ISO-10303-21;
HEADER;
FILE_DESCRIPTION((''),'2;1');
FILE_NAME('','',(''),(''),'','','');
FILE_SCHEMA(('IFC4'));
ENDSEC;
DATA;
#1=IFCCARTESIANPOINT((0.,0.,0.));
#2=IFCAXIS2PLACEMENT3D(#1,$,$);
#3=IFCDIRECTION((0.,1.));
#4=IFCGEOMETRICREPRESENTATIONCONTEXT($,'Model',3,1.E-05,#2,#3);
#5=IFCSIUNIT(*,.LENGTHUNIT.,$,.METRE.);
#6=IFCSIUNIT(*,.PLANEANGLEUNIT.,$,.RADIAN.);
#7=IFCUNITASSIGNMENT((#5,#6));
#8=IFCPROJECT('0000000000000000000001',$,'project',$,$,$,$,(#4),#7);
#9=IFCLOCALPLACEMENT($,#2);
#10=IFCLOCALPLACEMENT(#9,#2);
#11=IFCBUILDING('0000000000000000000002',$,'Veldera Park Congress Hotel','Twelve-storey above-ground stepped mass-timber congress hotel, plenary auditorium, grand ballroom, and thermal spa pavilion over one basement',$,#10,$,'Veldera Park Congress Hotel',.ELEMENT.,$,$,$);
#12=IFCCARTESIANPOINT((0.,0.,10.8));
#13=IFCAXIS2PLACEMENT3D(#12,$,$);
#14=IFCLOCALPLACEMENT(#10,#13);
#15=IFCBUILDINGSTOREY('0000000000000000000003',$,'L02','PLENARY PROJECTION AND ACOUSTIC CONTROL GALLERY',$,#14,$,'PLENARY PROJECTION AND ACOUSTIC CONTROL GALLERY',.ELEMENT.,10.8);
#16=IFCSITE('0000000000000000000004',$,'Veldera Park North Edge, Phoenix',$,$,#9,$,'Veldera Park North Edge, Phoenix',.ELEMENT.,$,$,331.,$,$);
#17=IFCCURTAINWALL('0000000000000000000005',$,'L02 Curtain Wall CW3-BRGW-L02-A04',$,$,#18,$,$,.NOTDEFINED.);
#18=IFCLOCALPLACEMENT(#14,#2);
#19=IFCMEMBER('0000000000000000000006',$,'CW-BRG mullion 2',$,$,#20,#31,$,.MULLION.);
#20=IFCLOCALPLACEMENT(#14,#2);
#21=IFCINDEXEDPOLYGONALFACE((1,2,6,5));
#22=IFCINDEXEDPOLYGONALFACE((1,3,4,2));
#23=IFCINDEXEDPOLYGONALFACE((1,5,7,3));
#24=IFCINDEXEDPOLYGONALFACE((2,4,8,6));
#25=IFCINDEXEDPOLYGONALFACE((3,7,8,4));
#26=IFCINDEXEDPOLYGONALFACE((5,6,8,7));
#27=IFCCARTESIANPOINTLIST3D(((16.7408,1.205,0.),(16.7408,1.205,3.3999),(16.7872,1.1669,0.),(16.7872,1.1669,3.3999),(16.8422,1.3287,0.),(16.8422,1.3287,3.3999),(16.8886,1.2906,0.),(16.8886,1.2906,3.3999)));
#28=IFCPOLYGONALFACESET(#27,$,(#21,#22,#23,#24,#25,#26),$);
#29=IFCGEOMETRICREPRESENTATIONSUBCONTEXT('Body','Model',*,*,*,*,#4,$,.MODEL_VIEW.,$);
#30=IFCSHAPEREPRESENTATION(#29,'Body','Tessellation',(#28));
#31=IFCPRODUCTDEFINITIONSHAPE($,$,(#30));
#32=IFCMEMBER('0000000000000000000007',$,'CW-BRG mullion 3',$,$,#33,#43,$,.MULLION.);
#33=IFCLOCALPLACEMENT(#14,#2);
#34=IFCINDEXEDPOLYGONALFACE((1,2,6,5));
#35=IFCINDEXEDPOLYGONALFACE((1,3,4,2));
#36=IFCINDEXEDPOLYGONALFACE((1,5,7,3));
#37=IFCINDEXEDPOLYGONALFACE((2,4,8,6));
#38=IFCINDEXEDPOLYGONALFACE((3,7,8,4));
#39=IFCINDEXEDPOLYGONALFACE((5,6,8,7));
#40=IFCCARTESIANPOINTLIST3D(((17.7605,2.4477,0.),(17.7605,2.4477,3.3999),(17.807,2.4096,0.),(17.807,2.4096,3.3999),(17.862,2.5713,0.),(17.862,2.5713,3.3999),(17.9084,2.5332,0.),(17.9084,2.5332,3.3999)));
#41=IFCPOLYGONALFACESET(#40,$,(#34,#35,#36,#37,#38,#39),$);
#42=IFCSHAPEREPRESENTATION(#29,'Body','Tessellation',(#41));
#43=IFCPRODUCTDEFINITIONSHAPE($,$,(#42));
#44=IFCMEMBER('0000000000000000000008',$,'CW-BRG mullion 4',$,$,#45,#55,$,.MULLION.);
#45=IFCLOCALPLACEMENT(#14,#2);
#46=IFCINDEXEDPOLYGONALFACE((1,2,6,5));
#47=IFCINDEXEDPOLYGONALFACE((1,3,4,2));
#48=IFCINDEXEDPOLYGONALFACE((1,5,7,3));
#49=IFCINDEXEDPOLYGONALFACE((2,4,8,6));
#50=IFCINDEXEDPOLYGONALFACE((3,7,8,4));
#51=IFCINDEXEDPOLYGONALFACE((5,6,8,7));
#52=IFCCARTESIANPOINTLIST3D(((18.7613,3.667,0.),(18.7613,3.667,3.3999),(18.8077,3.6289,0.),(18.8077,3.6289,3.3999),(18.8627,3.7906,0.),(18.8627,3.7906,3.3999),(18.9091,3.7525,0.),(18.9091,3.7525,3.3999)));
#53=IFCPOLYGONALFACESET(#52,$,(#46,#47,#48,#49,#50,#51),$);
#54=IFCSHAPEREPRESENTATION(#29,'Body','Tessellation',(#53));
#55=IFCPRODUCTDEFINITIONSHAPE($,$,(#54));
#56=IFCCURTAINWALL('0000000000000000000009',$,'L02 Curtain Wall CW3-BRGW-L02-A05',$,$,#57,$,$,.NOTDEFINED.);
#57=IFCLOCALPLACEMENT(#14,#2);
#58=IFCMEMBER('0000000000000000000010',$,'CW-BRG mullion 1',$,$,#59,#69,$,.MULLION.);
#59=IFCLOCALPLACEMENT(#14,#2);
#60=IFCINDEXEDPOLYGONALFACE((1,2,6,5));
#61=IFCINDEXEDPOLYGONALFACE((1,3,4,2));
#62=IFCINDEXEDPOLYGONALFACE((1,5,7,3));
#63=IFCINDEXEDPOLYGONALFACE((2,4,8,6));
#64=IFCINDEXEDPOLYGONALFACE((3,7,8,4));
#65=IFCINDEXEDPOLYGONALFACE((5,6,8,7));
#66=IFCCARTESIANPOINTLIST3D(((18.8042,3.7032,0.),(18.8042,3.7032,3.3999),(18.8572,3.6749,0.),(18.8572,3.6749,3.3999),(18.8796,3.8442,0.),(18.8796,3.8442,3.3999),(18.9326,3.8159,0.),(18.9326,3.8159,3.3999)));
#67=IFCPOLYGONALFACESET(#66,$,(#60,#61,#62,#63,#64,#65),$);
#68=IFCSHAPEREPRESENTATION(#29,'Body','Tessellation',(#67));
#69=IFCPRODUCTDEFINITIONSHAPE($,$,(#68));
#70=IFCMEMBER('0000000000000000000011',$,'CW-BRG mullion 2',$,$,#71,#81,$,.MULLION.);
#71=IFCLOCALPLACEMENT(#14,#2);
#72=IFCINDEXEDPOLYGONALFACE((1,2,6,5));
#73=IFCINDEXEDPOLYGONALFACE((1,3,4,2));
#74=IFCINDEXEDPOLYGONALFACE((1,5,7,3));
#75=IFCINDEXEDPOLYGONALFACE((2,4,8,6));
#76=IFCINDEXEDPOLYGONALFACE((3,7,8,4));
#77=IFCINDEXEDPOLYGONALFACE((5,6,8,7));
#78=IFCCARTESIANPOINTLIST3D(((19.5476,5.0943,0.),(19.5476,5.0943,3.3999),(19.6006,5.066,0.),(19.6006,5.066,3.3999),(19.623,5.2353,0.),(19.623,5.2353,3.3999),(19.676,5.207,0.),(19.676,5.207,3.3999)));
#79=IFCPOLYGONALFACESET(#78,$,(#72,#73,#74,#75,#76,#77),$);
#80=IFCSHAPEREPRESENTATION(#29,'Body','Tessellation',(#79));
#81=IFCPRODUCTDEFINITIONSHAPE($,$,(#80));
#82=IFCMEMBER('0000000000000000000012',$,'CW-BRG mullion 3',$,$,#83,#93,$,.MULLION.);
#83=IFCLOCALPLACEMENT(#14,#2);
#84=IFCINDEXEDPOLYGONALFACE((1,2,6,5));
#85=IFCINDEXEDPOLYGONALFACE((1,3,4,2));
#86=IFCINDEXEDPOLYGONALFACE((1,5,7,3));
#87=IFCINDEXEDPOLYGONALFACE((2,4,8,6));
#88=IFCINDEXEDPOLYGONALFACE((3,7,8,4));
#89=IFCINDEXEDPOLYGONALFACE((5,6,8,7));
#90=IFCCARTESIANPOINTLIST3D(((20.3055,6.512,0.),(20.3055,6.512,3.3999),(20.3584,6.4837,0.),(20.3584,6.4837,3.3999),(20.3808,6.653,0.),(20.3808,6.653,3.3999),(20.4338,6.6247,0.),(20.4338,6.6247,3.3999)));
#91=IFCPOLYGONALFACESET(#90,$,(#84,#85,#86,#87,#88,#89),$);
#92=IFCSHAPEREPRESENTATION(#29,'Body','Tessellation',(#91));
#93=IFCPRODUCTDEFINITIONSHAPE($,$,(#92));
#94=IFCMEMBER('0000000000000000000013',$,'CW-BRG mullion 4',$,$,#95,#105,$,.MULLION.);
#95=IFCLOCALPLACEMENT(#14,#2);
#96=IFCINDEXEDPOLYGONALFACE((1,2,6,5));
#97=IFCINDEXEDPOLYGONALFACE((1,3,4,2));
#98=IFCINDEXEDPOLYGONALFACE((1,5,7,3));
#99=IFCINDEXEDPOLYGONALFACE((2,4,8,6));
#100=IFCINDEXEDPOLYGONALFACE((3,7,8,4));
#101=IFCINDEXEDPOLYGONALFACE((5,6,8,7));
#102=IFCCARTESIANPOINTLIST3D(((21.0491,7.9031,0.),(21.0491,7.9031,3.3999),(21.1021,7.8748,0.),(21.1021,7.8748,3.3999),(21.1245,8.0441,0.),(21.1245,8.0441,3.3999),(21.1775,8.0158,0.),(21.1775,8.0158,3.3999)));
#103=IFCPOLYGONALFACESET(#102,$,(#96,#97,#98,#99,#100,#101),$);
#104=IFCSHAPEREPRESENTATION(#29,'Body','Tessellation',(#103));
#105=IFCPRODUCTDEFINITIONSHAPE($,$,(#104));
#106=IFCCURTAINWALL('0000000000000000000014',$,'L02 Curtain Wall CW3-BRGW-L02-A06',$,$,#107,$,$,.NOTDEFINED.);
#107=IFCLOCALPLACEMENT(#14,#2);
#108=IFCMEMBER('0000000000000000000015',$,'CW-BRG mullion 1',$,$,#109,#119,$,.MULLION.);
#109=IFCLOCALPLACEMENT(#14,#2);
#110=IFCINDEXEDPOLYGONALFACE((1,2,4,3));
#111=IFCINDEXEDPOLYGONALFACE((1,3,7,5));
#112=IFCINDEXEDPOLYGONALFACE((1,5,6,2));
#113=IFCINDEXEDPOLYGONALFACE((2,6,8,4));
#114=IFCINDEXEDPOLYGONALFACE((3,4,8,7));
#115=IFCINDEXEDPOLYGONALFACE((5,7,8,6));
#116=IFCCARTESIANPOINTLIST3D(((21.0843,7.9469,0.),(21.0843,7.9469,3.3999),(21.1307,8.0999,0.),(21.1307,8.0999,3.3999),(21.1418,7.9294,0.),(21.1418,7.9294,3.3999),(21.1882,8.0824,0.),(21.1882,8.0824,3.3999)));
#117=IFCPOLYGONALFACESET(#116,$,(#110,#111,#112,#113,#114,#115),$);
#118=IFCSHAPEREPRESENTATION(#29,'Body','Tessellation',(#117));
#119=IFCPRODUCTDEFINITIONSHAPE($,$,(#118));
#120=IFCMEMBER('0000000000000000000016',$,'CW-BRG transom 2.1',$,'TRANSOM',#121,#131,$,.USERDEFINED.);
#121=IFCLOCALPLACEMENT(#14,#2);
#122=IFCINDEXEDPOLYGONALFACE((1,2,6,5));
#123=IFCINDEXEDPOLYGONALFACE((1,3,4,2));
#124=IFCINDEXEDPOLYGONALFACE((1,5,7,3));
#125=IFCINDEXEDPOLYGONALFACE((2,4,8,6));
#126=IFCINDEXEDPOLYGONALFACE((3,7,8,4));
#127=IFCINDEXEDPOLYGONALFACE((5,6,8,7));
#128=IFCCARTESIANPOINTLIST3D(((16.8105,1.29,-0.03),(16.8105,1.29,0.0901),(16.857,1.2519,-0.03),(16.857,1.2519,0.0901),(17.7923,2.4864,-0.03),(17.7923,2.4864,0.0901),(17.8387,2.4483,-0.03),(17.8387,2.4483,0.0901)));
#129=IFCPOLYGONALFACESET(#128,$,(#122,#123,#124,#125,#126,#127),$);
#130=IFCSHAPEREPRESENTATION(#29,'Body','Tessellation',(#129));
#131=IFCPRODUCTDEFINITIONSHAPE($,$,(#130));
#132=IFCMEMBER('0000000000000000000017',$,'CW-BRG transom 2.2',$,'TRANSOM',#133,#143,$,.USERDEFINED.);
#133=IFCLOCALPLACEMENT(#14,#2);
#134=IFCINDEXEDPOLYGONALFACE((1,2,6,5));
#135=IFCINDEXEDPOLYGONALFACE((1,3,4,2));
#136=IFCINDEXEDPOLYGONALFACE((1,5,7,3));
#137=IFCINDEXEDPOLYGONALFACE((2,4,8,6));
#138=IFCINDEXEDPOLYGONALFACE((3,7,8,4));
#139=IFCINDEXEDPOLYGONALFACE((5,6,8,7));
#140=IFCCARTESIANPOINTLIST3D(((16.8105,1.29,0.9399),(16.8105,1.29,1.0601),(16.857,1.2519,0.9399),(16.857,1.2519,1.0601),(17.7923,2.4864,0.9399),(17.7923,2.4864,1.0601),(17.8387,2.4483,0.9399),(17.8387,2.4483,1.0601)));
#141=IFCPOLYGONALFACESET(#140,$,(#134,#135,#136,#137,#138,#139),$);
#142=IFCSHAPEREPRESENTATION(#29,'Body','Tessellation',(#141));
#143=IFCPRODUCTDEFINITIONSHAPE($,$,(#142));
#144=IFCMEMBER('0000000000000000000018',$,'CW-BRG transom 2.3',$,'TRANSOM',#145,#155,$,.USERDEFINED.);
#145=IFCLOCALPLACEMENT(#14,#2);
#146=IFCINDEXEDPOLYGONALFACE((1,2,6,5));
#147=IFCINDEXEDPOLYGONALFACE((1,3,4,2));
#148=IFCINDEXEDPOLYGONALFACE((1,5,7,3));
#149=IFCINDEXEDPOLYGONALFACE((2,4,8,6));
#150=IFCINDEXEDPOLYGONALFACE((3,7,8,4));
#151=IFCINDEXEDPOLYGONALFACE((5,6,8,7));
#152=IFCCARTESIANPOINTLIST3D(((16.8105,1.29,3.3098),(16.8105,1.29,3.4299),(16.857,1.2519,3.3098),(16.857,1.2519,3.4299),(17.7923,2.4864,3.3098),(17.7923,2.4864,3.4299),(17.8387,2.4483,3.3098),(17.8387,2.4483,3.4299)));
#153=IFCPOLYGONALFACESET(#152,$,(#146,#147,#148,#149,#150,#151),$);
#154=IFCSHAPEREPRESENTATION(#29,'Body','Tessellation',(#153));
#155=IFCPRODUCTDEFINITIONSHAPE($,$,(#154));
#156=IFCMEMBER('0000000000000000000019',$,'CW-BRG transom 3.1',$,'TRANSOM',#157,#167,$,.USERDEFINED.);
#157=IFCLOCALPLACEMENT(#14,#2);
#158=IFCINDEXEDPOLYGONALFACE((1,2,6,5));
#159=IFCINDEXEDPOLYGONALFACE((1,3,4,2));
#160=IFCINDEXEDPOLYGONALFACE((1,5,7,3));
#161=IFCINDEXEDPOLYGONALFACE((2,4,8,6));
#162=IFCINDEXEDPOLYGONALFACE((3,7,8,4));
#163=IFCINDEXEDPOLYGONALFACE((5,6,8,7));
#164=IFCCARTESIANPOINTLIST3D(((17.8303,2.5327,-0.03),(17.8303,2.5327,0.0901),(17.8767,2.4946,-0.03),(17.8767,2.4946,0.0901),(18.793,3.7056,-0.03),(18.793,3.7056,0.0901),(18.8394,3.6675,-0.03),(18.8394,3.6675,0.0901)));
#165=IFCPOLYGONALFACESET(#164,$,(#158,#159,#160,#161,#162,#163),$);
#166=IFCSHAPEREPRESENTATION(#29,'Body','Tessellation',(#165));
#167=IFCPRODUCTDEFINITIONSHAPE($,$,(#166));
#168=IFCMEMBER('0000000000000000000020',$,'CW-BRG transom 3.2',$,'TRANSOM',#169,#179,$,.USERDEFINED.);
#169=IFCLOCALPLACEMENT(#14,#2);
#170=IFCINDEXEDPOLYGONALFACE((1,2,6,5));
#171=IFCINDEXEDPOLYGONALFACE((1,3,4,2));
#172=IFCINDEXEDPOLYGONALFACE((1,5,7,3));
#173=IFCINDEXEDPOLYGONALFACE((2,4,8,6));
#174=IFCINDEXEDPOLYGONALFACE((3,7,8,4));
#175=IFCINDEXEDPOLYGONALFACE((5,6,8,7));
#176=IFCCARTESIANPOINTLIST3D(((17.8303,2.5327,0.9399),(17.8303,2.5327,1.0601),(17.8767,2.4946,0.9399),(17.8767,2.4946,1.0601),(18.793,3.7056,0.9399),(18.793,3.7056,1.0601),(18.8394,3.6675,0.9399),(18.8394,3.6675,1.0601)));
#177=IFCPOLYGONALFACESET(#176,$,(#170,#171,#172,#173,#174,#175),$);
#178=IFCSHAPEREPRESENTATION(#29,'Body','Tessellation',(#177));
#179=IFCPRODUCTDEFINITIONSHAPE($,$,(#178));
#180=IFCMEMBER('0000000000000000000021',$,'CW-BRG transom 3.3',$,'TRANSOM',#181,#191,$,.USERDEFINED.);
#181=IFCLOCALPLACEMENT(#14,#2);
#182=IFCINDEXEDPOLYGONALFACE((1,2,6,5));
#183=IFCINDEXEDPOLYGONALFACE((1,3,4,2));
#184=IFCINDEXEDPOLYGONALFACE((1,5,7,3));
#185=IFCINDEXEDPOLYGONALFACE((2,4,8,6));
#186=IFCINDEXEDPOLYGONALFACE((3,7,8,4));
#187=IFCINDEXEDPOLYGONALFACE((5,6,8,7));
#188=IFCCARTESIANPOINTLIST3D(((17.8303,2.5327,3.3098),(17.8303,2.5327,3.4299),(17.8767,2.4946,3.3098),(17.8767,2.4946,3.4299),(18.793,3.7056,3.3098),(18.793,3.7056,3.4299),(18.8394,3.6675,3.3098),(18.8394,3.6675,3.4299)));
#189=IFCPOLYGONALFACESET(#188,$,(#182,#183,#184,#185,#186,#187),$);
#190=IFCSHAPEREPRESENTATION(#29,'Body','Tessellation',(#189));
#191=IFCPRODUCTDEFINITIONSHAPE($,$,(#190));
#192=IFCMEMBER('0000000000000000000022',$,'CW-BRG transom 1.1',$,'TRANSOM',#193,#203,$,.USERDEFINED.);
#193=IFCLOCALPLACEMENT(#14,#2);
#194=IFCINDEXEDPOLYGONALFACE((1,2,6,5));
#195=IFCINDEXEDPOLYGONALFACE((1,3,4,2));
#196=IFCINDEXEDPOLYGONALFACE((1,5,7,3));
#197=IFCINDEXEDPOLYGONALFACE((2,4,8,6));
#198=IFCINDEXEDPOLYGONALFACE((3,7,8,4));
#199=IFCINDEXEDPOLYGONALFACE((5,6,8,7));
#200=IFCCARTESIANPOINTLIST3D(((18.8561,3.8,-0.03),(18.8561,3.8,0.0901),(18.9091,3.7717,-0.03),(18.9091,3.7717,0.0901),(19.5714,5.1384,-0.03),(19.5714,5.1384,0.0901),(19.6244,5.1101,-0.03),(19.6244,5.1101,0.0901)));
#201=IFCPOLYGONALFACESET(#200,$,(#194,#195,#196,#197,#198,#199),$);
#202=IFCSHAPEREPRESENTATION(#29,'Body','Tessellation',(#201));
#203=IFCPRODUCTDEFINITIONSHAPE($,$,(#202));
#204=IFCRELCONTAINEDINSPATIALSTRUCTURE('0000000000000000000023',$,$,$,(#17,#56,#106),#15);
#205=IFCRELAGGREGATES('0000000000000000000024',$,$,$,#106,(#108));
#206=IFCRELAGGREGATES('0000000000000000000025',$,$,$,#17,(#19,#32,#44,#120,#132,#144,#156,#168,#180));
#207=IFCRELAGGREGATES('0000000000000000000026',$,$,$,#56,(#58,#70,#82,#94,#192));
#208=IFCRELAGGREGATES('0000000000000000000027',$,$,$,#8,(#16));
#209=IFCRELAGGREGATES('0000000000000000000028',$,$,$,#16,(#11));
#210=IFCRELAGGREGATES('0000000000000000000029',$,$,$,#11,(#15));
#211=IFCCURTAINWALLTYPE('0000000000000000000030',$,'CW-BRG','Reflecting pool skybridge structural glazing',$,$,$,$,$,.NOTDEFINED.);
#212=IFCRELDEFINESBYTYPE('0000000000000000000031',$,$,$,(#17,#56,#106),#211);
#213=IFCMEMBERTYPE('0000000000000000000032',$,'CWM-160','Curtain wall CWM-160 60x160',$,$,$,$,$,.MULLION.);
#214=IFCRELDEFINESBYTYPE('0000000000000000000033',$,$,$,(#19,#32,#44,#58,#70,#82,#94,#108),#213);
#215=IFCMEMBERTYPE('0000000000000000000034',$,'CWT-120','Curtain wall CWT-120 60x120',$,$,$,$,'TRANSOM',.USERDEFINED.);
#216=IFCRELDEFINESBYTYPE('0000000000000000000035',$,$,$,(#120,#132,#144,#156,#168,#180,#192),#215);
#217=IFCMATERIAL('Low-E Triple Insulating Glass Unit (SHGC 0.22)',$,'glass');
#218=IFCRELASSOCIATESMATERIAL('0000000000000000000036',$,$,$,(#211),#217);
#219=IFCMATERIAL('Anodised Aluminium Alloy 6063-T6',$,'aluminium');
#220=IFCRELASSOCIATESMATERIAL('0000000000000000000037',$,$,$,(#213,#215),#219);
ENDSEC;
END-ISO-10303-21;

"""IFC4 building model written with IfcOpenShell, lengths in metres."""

from ifc_helpers import new_model, si_unit, direction, frame, origin, origin_2d, place, context, subcontext, project, spatial, rectangle, extrude, material, material_profile, profile_set, type_object, element, aggregate, save


model = new_model("IFC4")

# Units and contexts
model_context = context("Model", 3, precision=1e-05, world=origin(), true_north=direction((0.0, 1.0)))
body_context = subcontext(model_context, "Body", "Model", "MODEL_VIEW")
ifc_project = project(units=[si_unit("LENGTHUNIT", "METRE"), si_unit("PLANEANGLEUNIT", "RADIAN")], contexts=[model_context])

# Site, building, storey
site_placement = place(None, origin())
site = spatial("IfcSite", under=ifc_project, at=site_placement, Name="Veldera Park North Edge, Phoenix", LongName="Veldera Park North Edge, Phoenix", CompositionType="ELEMENT", RefElevation=331.0)
building_placement = place(site_placement, origin())
building = spatial("IfcBuilding", under=site, at=building_placement, Name="Veldera Park Congress Hotel", Description="Twelve-storey above-ground stepped mass-timber congress hotel, plenary auditorium, grand ballroom, and thermal spa pavilion over one basement", LongName="Veldera Park Congress Hotel", CompositionType="ELEMENT")
storey_placement = place(building_placement, frame((0.0, 0.0, 10.8)))
storey = spatial("IfcBuildingStorey", under=building, at=storey_placement, Name="L02", Description="PLENARY PROJECTION AND ACOUSTIC CONTROL GALLERY", LongName="PLENARY PROJECTION AND ACOUSTIC CONTROL GALLERY", CompositionType="ELEMENT", Elevation=10.8)

# Curtain walls, members
ifc_material_1 = material(Name="Low-E Triple Insulating Glass Unit (SHGC 0.22)", Category="glass")
curtain_wall_type = type_object("IfcCurtainWallType", Name="CW-BRG", Description="Reflecting pool skybridge structural glazing", PredefinedType="NOTDEFINED", material=ifc_material_1)
curtain_wall_1_placement = place(storey_placement, origin())
curtain_wall_1 = element("IfcCurtainWall", 1, at=curtain_wall_1_placement, inside=storey, type_object=curtain_wall_type, Name="L02 Curtain Wall CW3-BRGW-L02-A04", PredefinedType="NOTDEFINED")
ifc_material_2 = material(Name="Anodised Aluminium Alloy 6063-T6", Category="aluminium")
ifc_material_profile_1 = material_profile(ifc_material_2, rectangle(XDim=0.0601, YDim=0.1599, at=origin_2d()), Name="ALU 60x160")
ifc_profile_set_1 = profile_set([ifc_material_profile_1], Name="Anodised Aluminium Alloy 6063-T6")
member_type_1 = type_object("IfcMemberType", Name="CWM-160", Description="Curtain wall CWM-160 60x160", PredefinedType="MULLION", material=ifc_profile_set_1)
member_1_placement = place(storey_placement, frame((16.8147, 1.2478, 0.0), z_axis=(0.0, 0.0, 1.0), x_axis=(-0.773003, 0.634402, 0.0)))
member_1 = element("IfcMember", 2, at=member_1_placement, type_object=member_type_1, Name="CW-BRG mullion 2", PredefinedType="MULLION", context=body_context, shape_type="SweptSolid", body=[
    extrude(rectangle(XDim=0.0601, YDim=0.1599, at=origin_2d()), origin(), (0.0, 0.0, 1.0), 3.3999),
])
member_2_placement = place(storey_placement, frame((17.8345, 2.4905, 0.0), z_axis=(0.0, 0.0, 1.0), x_axis=(-0.773003, 0.634402, 0.0)))
member_2 = element("IfcMember", 3, at=member_2_placement, type_object=member_type_1, Name="CW-BRG mullion 3", PredefinedType="MULLION", context=body_context, shape_type="SweptSolid", body=[
    extrude(rectangle(XDim=0.0601, YDim=0.1599, at=origin_2d()), origin(), (0.0, 0.0, 1.0), 3.3999),
])
member_3_placement = place(storey_placement, frame((18.8352, 3.7097, 0.0), z_axis=(0.0, 0.0, 1.0), x_axis=(-0.773003, 0.634402, 0.0)))
member_3 = element("IfcMember", 4, at=member_3_placement, type_object=member_type_1, Name="CW-BRG mullion 4", PredefinedType="MULLION", context=body_context, shape_type="SweptSolid", body=[
    extrude(rectangle(XDim=0.0601, YDim=0.1599, at=origin_2d()), origin(), (0.0, 0.0, 1.0), 3.3999),
])
curtain_wall_2_placement = place(storey_placement, origin())
curtain_wall_2 = element("IfcCurtainWall", 5, at=curtain_wall_2_placement, inside=storey, type_object=curtain_wall_type, Name="L02 Curtain Wall CW3-BRGW-L02-A05", PredefinedType="NOTDEFINED")
member_4_placement = place(storey_placement, frame((18.8684, 3.7595, 0.0), z_axis=(0.0, 0.0, 1.0), x_axis=(-0.881928, 0.471385, 0.0)))
member_4 = element("IfcMember", 6, at=member_4_placement, type_object=member_type_1, Name="CW-BRG mullion 1", PredefinedType="MULLION", context=body_context, shape_type="SweptSolid", body=[
    extrude(rectangle(XDim=0.0601, YDim=0.1599, at=origin_2d()), origin(), (0.0, 0.0, 1.0), 3.3999),
])
member_5_placement = place(storey_placement, frame((19.6118, 5.1506, 0.0), z_axis=(0.0, 0.0, 1.0), x_axis=(-0.881928, 0.471385, 0.0)))
member_5 = element("IfcMember", 7, at=member_5_placement, type_object=member_type_1, Name="CW-BRG mullion 2", PredefinedType="MULLION", context=body_context, shape_type="SweptSolid", body=[
    extrude(rectangle(XDim=0.0601, YDim=0.1599, at=origin_2d()), origin(), (0.0, 0.0, 1.0), 3.3999),
])
member_6_placement = place(storey_placement, frame((20.3696, 6.5684, 0.0), z_axis=(0.0, 0.0, 1.0), x_axis=(-0.881928, 0.471385, 0.0)))
member_6 = element("IfcMember", 8, at=member_6_placement, type_object=member_type_1, Name="CW-BRG mullion 3", PredefinedType="MULLION", context=body_context, shape_type="SweptSolid", body=[
    extrude(rectangle(XDim=0.0601, YDim=0.1599, at=origin_2d()), origin(), (0.0, 0.0, 1.0), 3.3999),
])
member_7_placement = place(storey_placement, frame((21.1133, 7.9595, 0.0), z_axis=(0.0, 0.0, 1.0), x_axis=(-0.881928, 0.471385, 0.0)))
member_7 = element("IfcMember", 9, at=member_7_placement, type_object=member_type_1, Name="CW-BRG mullion 4", PredefinedType="MULLION", context=body_context, shape_type="SweptSolid", body=[
    extrude(rectangle(XDim=0.0601, YDim=0.1599, at=origin_2d()), origin(), (0.0, 0.0, 1.0), 3.3999),
])

# Curtain wall, member
curtain_wall_3_placement = place(storey_placement, origin())
curtain_wall_3 = element("IfcCurtainWall", 10, at=curtain_wall_3_placement, inside=storey, type_object=curtain_wall_type, Name="L02 Curtain Wall CW3-BRGW-L02-A06", PredefinedType="NOTDEFINED")
member_8_placement = place(storey_placement, frame((21.1362, 8.0146, 0.0), z_axis=(0.0, 0.0, 1.0), x_axis=(-0.956939, 0.290288, 0.0)))
member_8 = element("IfcMember", 11, at=member_8_placement, type_object=member_type_1, Name="CW-BRG mullion 1", PredefinedType="MULLION", context=body_context, shape_type="SweptSolid", body=[
    extrude(rectangle(XDim=0.0601, YDim=0.1599, at=origin_2d()), origin(), (0.0, 0.0, 1.0), 3.3999),
])

# Members
ifc_material_profile_2 = material_profile(ifc_material_2, rectangle(XDim=0.0601, YDim=0.1201, at=origin_2d()), Name="ALU 60x120")
ifc_profile_set_2 = profile_set([ifc_material_profile_2], Name="Anodised Aluminium Alloy 6063-T6")
member_type_2 = type_object("IfcMemberType", Name="CWT-120", Description="Curtain wall CWT-120 60x120", ElementType="TRANSOM", PredefinedType="USERDEFINED", material=ifc_profile_set_2)
member_9_placement = place(storey_placement, frame((16.8337, 1.271, 0.03), z_axis=(0.634363, 0.773036, 0.0), x_axis=(-0.773036, 0.634363, 0.0)))
member_9 = element("IfcMember", 12, at=member_9_placement, type_object=member_type_2, Name="CW-BRG transom 2.1", ObjectType="TRANSOM", PredefinedType="USERDEFINED", context=body_context, shape_type="SweptSolid", body=[
    extrude(rectangle(XDim=0.0601, YDim=0.1201, at=origin_2d()), origin(), (0.0, 0.0, 1.0), 1.5476),
])
member_10_placement = place(storey_placement, frame((16.8337, 1.271, 1.0), z_axis=(0.634363, 0.773036, 0.0), x_axis=(-0.773036, 0.634363, 0.0)))
member_10 = element("IfcMember", 13, at=member_10_placement, type_object=member_type_2, Name="CW-BRG transom 2.2", ObjectType="TRANSOM", PredefinedType="USERDEFINED", context=body_context, shape_type="SweptSolid", body=[
    extrude(rectangle(XDim=0.0601, YDim=0.1201, at=origin_2d()), origin(), (0.0, 0.0, 1.0), 1.5476),
])
member_11_placement = place(storey_placement, frame((16.8337, 1.271, 3.3699), z_axis=(0.634363, 0.773036, 0.0), x_axis=(-0.773036, 0.634363, 0.0)))
member_11 = element("IfcMember", 14, at=member_11_placement, type_object=member_type_2, Name="CW-BRG transom 2.3", ObjectType="TRANSOM", PredefinedType="USERDEFINED", context=body_context, shape_type="SweptSolid", body=[
    extrude(rectangle(XDim=0.0601, YDim=0.1201, at=origin_2d()), origin(), (0.0, 0.0, 1.0), 1.5476),
])
member_12_placement = place(storey_placement, frame((17.8535, 2.5137, 0.03), z_axis=(0.634437, 0.772974, 0.0), x_axis=(-0.772974, 0.634437, 0.0)))
member_12 = element("IfcMember", 15, at=member_12_placement, type_object=member_type_2, Name="CW-BRG transom 3.1", ObjectType="TRANSOM", PredefinedType="USERDEFINED", context=body_context, shape_type="SweptSolid", body=[
    extrude(rectangle(XDim=0.0601, YDim=0.1201, at=origin_2d()), origin(), (0.0, 0.0, 1.0), 1.5173),
])
member_13_placement = place(storey_placement, frame((17.8535, 2.5137, 1.0), z_axis=(0.634437, 0.772974, 0.0), x_axis=(-0.772974, 0.634437, 0.0)))
member_13 = element("IfcMember", 16, at=member_13_placement, type_object=member_type_2, Name="CW-BRG transom 3.2", ObjectType="TRANSOM", PredefinedType="USERDEFINED", context=body_context, shape_type="SweptSolid", body=[
    extrude(rectangle(XDim=0.0601, YDim=0.1201, at=origin_2d()), origin(), (0.0, 0.0, 1.0), 1.5173),
])
member_14_placement = place(storey_placement, frame((17.8535, 2.5137, 3.3699), z_axis=(0.634437, 0.772974, 0.0), x_axis=(-0.772974, 0.634437, 0.0)))
member_14 = element("IfcMember", 17, at=member_14_placement, type_object=member_type_2, Name="CW-BRG transom 3.3", ObjectType="TRANSOM", PredefinedType="USERDEFINED", context=body_context, shape_type="SweptSolid", body=[
    extrude(rectangle(XDim=0.0601, YDim=0.1201, at=origin_2d()), origin(), (0.0, 0.0, 1.0), 1.5173),
])
member_15_placement = place(storey_placement, frame((18.8826, 3.7859, 0.03), z_axis=(0.471373, 0.881934, 0.0), x_axis=(-0.881934, 0.471373, 0.0)))
member_15 = element("IfcMember", 18, at=member_15_placement, type_object=member_type_2, Name="CW-BRG transom 1.1", ObjectType="TRANSOM", PredefinedType="USERDEFINED", context=body_context, shape_type="SweptSolid", body=[
    extrude(rectangle(XDim=0.0601, YDim=0.1201, at=origin_2d()), origin(), (0.0, 0.0, 1.0), 1.5176),
])
aggregate(curtain_wall_3, [member_8])

aggregate(curtain_wall_1, [member_1, member_2, member_3, member_9, member_10, member_11, member_12, member_13, member_14])
aggregate(curtain_wall_2, [member_4, member_5, member_6, member_7, member_15])

save(model, "model.ifc")
